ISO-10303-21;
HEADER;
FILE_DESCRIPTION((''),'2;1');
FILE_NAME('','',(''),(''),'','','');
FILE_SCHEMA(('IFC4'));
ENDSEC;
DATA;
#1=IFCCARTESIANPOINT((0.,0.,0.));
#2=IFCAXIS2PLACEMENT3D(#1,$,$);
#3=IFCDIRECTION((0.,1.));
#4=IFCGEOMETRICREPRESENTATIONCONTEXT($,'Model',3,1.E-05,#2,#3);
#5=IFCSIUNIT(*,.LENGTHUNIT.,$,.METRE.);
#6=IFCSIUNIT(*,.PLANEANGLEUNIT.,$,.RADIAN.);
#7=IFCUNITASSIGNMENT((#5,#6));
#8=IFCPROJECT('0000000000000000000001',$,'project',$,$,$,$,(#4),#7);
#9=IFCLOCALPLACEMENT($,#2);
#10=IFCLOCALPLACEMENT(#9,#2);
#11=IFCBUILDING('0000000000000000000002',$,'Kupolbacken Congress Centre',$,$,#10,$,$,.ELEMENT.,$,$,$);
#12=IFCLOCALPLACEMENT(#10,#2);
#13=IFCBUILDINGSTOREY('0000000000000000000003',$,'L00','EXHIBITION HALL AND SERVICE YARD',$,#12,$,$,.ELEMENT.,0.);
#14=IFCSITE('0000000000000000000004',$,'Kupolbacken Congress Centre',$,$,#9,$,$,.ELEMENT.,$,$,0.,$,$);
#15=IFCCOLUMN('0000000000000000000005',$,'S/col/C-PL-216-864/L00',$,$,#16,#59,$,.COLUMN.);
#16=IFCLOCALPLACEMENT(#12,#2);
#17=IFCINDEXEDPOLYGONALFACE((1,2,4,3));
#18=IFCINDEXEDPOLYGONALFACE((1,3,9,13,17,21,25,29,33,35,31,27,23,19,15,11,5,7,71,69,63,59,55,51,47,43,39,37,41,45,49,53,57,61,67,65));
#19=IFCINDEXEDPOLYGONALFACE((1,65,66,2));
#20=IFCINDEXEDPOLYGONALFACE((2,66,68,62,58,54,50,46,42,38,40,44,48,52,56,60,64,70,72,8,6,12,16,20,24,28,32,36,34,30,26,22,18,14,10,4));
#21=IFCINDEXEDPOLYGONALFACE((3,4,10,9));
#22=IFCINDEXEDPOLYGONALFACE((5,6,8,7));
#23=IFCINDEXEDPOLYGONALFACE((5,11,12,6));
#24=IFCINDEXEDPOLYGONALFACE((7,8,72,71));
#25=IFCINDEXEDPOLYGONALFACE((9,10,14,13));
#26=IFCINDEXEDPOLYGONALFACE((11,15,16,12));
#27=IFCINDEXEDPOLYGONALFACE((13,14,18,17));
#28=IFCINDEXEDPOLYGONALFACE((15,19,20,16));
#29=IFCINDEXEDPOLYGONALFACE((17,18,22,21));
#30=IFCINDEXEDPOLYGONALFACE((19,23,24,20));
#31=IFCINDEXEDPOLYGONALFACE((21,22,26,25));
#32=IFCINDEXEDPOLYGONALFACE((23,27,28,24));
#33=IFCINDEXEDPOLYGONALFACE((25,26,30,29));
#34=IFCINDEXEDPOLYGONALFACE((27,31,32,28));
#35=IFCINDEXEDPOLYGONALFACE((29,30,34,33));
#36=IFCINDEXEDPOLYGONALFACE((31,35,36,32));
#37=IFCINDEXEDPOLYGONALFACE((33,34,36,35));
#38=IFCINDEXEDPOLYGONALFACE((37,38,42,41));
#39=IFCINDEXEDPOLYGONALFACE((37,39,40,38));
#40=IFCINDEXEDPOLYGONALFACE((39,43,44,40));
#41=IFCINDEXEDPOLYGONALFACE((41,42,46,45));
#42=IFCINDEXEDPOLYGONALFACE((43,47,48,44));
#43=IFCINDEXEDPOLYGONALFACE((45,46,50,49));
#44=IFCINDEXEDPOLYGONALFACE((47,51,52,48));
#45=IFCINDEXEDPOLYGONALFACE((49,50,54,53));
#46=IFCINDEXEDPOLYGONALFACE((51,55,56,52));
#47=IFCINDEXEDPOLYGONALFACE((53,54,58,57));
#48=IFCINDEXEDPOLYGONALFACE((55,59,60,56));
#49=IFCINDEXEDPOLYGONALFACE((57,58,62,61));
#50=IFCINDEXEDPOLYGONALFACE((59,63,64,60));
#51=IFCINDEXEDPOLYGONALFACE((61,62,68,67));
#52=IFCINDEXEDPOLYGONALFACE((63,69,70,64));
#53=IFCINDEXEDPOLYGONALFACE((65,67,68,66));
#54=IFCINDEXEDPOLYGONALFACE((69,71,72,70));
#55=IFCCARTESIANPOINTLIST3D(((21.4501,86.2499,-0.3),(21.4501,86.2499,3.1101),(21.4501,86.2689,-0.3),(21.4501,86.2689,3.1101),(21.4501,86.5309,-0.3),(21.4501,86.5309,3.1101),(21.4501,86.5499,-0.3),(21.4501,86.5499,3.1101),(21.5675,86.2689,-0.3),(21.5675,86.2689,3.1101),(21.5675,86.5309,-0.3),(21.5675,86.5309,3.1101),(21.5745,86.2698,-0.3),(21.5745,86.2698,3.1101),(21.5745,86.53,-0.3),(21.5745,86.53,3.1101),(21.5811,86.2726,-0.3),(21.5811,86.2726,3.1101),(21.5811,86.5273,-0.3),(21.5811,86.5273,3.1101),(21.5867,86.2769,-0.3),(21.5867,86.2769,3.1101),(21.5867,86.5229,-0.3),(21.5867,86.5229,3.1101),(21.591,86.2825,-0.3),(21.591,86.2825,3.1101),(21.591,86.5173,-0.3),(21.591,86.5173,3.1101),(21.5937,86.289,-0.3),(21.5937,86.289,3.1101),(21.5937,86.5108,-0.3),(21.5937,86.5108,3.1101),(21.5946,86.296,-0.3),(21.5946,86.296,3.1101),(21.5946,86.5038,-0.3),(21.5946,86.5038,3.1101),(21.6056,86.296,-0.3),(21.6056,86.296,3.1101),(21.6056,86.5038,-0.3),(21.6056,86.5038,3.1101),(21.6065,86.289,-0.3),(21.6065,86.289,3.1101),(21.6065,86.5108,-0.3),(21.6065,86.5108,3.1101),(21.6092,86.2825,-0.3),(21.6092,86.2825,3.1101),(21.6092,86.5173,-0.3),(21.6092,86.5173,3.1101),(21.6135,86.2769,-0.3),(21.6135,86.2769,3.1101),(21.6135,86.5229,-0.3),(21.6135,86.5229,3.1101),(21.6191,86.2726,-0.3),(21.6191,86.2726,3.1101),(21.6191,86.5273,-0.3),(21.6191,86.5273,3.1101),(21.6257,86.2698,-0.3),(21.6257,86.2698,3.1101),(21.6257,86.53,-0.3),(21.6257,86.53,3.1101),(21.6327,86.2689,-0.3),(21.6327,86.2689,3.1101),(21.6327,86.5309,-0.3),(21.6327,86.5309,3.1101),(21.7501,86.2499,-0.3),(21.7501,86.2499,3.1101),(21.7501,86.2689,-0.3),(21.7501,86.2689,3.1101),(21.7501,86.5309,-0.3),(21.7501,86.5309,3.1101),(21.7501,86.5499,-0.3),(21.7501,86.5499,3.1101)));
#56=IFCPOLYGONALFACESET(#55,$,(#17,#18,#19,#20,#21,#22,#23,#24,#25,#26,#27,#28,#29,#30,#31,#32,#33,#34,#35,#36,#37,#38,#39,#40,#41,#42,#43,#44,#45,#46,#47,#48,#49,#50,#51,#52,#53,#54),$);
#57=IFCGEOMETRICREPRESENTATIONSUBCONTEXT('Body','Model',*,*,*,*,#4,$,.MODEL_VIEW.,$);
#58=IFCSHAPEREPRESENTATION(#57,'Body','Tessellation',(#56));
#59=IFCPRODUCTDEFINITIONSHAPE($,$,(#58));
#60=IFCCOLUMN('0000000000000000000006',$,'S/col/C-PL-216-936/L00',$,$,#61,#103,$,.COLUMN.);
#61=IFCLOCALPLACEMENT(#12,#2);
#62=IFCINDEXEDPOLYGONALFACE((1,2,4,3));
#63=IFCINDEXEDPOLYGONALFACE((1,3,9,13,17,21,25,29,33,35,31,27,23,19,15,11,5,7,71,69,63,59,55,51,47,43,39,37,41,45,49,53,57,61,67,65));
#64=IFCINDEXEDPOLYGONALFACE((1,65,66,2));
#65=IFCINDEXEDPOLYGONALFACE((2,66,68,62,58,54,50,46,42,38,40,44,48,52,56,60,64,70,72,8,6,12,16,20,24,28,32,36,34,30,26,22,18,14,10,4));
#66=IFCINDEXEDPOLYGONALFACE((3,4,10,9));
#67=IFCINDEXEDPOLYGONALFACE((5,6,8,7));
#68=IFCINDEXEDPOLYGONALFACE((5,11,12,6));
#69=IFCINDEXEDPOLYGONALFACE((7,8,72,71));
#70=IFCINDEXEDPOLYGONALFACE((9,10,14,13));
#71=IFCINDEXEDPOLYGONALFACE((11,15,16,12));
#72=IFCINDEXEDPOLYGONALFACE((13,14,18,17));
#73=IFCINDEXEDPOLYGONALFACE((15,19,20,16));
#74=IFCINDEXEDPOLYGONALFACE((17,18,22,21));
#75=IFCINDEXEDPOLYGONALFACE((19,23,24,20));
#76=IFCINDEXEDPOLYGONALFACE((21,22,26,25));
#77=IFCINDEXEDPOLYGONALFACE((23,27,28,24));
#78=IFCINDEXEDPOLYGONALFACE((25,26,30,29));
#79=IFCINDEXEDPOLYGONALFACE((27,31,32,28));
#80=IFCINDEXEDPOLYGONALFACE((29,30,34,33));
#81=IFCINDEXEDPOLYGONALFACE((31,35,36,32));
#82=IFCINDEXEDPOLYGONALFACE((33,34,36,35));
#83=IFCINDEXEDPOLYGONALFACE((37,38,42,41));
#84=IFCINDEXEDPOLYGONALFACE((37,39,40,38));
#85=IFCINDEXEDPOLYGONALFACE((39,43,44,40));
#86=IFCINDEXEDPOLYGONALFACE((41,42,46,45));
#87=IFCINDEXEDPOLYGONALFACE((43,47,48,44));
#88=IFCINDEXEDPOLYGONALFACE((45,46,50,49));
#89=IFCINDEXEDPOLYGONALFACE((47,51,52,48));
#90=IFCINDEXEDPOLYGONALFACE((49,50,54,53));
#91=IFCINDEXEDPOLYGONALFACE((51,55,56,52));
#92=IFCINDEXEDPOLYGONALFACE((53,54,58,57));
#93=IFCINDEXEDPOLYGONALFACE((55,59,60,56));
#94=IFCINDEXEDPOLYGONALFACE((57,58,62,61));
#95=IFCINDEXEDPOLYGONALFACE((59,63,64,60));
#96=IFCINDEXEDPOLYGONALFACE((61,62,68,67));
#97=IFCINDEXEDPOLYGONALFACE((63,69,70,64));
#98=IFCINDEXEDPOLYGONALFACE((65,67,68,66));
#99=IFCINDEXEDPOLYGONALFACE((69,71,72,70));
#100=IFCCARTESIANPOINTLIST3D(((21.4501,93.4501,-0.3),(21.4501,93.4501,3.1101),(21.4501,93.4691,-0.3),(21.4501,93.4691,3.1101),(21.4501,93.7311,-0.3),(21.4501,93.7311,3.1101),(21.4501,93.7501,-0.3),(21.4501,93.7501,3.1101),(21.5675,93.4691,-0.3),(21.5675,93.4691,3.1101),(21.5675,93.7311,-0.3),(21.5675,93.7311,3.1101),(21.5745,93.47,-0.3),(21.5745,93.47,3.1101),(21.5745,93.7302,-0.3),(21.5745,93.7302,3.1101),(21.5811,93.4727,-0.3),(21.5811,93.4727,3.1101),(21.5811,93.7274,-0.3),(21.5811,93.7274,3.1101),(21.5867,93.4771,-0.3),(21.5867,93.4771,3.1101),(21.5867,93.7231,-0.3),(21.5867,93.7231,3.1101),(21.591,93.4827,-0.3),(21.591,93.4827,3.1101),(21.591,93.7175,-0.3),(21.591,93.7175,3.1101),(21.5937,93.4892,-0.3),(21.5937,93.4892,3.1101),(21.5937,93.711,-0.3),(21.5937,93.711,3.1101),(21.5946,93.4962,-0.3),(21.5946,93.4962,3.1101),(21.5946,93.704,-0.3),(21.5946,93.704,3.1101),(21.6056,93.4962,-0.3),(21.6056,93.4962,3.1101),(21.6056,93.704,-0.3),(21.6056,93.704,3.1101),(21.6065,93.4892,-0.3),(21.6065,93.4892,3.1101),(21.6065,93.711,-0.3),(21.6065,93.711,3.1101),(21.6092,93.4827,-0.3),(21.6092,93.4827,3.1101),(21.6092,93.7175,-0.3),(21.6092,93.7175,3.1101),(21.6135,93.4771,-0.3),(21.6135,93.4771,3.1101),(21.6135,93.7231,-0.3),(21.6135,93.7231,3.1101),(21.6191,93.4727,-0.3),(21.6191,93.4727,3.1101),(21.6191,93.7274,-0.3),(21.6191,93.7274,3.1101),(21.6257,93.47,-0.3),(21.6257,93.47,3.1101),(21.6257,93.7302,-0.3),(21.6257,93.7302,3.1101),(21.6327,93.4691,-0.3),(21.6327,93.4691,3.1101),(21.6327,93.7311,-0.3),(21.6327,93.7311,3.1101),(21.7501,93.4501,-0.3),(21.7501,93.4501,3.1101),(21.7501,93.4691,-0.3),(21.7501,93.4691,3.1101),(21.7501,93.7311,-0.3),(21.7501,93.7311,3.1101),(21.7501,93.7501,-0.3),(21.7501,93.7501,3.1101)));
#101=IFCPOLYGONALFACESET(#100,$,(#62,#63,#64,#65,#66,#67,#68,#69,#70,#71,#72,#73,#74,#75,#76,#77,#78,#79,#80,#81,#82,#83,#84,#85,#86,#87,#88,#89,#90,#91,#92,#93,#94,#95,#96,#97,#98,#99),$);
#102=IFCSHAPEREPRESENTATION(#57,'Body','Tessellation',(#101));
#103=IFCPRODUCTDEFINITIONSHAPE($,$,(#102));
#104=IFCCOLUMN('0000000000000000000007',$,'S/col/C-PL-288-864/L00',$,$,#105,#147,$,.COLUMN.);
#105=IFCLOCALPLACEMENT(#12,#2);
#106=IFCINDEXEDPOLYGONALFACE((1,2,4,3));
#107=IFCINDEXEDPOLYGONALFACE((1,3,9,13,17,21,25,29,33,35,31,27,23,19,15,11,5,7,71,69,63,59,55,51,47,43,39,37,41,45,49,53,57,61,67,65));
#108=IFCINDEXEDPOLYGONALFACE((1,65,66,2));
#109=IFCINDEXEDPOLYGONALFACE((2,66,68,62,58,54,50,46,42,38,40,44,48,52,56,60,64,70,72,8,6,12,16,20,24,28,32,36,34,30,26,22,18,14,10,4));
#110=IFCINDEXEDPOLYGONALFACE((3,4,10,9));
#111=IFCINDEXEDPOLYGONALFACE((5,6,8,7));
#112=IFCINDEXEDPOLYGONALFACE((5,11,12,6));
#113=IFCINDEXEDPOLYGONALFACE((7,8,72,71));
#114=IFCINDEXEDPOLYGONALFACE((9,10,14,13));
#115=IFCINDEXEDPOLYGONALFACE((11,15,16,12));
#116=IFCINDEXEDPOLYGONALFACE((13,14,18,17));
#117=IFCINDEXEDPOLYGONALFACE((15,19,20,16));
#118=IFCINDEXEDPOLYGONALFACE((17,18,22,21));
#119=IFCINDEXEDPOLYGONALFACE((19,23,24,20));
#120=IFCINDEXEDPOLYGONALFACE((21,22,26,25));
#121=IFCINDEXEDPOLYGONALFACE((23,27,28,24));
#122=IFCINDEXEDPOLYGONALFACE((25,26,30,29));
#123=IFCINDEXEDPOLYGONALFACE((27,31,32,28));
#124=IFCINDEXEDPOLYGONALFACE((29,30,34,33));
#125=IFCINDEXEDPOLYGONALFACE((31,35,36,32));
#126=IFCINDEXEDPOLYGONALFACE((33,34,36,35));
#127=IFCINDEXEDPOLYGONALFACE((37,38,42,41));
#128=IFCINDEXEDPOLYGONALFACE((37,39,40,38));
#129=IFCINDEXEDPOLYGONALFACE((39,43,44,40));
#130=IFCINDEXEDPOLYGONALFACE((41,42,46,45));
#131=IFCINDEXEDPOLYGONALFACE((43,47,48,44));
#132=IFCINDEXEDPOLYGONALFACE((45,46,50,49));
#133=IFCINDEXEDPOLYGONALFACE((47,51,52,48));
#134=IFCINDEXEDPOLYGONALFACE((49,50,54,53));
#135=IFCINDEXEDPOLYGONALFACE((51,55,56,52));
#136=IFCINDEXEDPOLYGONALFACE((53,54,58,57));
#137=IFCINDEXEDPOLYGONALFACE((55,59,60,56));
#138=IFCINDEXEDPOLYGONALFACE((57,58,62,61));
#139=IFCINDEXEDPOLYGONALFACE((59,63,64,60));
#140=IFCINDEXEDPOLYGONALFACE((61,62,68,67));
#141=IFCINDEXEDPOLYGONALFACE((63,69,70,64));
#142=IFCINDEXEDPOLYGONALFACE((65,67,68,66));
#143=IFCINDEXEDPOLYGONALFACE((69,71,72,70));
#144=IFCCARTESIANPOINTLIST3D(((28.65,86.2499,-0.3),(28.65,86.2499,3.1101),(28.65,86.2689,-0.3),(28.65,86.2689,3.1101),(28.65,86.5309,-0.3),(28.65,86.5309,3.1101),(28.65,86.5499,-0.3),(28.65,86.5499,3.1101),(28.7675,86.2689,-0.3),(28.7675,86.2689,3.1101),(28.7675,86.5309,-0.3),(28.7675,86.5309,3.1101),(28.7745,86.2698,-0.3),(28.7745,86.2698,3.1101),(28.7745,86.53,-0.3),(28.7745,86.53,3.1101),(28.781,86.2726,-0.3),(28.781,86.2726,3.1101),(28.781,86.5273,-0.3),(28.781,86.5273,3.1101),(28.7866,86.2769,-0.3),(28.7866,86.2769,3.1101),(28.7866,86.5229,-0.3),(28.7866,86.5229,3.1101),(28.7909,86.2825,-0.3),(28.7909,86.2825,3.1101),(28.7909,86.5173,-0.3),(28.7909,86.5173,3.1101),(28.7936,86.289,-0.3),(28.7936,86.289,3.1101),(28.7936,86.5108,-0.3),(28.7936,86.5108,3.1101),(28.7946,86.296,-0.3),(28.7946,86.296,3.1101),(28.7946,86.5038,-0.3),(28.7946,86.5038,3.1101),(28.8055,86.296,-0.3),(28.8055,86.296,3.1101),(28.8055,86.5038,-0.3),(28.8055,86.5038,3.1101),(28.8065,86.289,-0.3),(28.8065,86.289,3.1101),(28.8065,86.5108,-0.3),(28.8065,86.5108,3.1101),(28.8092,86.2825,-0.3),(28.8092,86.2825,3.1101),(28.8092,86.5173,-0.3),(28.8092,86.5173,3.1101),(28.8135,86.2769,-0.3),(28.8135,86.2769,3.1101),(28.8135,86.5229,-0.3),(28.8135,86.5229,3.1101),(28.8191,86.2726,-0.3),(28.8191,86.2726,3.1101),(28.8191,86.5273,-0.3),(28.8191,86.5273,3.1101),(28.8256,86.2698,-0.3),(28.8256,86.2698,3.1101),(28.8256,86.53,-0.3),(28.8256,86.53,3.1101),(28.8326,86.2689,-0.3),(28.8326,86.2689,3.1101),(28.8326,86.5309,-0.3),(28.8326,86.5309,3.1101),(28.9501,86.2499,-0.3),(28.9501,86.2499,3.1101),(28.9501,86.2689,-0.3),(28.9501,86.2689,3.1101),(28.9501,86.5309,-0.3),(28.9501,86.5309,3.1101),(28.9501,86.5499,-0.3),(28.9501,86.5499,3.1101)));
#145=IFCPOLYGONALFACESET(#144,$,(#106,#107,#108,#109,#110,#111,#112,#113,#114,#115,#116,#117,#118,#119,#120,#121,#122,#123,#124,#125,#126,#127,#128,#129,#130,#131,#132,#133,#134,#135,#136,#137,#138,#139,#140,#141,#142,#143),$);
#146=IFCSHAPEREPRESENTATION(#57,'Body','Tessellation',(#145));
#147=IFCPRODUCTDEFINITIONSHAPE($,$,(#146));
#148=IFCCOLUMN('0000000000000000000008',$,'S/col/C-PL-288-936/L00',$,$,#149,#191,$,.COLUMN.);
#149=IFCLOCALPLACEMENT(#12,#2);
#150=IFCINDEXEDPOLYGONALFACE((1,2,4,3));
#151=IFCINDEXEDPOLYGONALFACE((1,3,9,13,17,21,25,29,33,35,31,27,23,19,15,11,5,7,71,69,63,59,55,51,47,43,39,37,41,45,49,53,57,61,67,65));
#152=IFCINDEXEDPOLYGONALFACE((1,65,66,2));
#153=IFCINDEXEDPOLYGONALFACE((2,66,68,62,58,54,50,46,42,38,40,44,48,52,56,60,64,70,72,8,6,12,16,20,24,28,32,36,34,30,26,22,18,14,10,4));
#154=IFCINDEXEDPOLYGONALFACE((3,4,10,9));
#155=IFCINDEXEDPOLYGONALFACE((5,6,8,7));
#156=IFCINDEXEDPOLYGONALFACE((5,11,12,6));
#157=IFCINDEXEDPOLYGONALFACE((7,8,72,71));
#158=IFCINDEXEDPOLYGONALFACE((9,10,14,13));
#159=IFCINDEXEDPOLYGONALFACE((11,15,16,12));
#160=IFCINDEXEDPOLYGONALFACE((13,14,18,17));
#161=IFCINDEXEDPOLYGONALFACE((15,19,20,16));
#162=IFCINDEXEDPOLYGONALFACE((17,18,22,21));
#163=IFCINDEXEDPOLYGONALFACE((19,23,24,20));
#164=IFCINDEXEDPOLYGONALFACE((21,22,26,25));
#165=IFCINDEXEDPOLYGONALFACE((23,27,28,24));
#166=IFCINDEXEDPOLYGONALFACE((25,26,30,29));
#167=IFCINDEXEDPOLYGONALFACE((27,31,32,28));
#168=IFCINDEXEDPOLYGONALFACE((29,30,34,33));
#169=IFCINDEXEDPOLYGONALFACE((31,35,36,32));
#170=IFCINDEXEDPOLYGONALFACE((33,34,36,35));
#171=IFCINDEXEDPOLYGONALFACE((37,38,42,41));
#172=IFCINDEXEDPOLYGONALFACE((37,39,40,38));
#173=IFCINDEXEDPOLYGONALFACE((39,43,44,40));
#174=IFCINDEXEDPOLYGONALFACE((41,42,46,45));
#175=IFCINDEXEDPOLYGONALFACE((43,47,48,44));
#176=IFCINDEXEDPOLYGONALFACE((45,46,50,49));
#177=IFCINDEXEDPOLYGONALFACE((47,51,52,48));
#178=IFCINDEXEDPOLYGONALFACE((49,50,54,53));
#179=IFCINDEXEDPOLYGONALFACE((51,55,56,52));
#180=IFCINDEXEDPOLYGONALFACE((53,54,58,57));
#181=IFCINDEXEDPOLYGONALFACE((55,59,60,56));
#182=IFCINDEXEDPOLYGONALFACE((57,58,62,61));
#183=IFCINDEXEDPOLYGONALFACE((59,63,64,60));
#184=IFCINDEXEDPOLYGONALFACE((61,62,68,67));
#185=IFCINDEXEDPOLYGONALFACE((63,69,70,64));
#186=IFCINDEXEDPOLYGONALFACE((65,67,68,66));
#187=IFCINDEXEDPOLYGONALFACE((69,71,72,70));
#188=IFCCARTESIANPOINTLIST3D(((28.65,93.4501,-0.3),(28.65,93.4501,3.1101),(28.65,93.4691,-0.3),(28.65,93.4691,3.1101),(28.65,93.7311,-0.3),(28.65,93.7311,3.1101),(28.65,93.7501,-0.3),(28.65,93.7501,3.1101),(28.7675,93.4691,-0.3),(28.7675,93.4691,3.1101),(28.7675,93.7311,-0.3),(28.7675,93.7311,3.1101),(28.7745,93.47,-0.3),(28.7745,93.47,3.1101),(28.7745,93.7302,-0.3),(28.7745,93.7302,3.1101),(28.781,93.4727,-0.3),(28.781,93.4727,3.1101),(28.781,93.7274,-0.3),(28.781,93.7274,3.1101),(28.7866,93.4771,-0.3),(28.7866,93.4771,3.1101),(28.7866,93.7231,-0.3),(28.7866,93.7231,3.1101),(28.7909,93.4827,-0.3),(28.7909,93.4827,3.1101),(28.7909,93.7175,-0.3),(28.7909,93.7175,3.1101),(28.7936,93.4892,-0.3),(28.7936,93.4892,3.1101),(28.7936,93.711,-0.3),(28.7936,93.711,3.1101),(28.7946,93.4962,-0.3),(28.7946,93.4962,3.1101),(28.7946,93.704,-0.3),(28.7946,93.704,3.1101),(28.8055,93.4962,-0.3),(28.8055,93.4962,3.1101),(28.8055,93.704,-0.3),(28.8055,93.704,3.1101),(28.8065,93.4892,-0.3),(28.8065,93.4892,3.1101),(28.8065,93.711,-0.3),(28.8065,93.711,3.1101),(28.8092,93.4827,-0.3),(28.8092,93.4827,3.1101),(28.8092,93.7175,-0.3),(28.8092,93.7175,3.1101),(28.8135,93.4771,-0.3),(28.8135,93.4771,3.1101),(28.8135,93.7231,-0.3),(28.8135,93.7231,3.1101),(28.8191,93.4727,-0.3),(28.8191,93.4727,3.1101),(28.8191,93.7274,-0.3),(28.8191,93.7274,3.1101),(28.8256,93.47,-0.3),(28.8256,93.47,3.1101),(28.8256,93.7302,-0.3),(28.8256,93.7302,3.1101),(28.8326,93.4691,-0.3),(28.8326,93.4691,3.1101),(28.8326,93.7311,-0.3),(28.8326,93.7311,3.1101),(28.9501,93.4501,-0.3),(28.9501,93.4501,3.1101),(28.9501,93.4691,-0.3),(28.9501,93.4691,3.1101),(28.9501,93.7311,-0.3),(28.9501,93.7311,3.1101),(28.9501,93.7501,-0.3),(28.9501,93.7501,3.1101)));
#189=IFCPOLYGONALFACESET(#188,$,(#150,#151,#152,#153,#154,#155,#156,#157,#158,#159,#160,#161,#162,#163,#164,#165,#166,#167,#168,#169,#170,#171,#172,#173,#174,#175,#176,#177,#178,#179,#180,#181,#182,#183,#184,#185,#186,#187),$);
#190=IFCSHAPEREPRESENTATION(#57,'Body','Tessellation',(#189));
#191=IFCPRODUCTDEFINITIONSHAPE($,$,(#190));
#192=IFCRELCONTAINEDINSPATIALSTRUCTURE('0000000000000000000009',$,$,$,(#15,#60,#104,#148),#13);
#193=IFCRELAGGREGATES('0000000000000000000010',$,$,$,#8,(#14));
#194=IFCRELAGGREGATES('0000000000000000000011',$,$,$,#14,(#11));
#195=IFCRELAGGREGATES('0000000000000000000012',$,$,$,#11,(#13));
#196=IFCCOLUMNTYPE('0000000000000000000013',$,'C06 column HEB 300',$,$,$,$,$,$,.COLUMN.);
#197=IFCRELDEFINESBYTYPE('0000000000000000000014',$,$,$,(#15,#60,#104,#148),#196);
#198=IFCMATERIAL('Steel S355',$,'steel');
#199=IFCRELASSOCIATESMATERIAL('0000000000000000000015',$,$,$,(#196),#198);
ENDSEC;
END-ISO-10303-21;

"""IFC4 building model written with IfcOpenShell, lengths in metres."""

from ifc_helpers import new_model, si_unit, direction, frame, origin, origin_2d, place, context, subcontext, project, spatial, i_section, extrude, material, material_profile, profile_set, type_object, element, save


model = new_model("IFC4")

# Units and contexts
model_context = context("Model", 3, precision=1e-05, world=origin(), true_north=direction((0.0, 1.0)))
body_context = subcontext(model_context, "Body", "Model", "MODEL_VIEW")
ifc_project = project(units=[si_unit("LENGTHUNIT", "METRE"), si_unit("PLANEANGLEUNIT", "RADIAN")], contexts=[model_context])

# Site, building, storey
site_placement = place(None, origin())
site = spatial("IfcSite", under=ifc_project, at=site_placement, Name="Kupolbacken Congress Centre", CompositionType="ELEMENT", RefElevation=0.0)
building_placement = place(site_placement, origin())
building = spatial("IfcBuilding", under=site, at=building_placement, Name="Kupolbacken Congress Centre", CompositionType="ELEMENT")
storey_placement = place(building_placement, origin())
storey = spatial("IfcBuildingStorey", under=building, at=storey_placement, Name="L00", Description="EXHIBITION HALL AND SERVICE YARD", CompositionType="ELEMENT", Elevation=0.0)

# Columns
ifc_material_1 = material(Name="Steel S355", Category="steel")
ifc_material_profile_1 = material_profile(ifc_material_1, i_section(OverallWidth=0.3, OverallDepth=0.3, WebThickness=0.011, FlangeThickness=0.019, FilletRadius=0.0271, at=origin_2d()), Name="HEB 300")
ifc_profile_set_1 = profile_set([ifc_material_profile_1], Name="Steel S355")
column_type = type_object("IfcColumnType", Name="C06 column HEB 300", PredefinedType="COLUMN", material=ifc_profile_set_1)
for number, where, z_axis, x_axis, name in (
    (1, (21.6001, 86.3999, -0.3), (0.0, 0.0, 1.0), (1.0, 0.0, 0.0), "S/col/C-PL-216-864/L00"),
    (2, (21.6001, 93.6001, -0.3), (0.0, 0.0, 1.0), (1.0, 0.0, 0.0), "S/col/C-PL-216-936/L00"),
    (3, (28.8, 86.3999, -0.3), (0.0, 0.0, 1.0), (1.0, 0.0, 0.0), "S/col/C-PL-288-864/L00"),
    (4, (28.8, 93.6001, -0.3), (0.0, 0.0, 1.0), (1.0, 0.0, 0.0), "S/col/C-PL-288-936/L00"),
):
    element("IfcColumn", number, at=place(storey_placement, frame(where, z_axis=z_axis, x_axis=x_axis)), inside=storey, type_object=column_type, Name=name, PredefinedType="COLUMN", context=body_context, shape_type="SweptSolid", body=[
        extrude(i_section(OverallWidth=0.3, OverallDepth=0.3, WebThickness=0.011, FlangeThickness=0.019, FilletRadius=0.0271, at=origin_2d()), origin(), (0.0, 0.0, 1.0), 3.4102),
    ])

save(model, "model.ifc")
